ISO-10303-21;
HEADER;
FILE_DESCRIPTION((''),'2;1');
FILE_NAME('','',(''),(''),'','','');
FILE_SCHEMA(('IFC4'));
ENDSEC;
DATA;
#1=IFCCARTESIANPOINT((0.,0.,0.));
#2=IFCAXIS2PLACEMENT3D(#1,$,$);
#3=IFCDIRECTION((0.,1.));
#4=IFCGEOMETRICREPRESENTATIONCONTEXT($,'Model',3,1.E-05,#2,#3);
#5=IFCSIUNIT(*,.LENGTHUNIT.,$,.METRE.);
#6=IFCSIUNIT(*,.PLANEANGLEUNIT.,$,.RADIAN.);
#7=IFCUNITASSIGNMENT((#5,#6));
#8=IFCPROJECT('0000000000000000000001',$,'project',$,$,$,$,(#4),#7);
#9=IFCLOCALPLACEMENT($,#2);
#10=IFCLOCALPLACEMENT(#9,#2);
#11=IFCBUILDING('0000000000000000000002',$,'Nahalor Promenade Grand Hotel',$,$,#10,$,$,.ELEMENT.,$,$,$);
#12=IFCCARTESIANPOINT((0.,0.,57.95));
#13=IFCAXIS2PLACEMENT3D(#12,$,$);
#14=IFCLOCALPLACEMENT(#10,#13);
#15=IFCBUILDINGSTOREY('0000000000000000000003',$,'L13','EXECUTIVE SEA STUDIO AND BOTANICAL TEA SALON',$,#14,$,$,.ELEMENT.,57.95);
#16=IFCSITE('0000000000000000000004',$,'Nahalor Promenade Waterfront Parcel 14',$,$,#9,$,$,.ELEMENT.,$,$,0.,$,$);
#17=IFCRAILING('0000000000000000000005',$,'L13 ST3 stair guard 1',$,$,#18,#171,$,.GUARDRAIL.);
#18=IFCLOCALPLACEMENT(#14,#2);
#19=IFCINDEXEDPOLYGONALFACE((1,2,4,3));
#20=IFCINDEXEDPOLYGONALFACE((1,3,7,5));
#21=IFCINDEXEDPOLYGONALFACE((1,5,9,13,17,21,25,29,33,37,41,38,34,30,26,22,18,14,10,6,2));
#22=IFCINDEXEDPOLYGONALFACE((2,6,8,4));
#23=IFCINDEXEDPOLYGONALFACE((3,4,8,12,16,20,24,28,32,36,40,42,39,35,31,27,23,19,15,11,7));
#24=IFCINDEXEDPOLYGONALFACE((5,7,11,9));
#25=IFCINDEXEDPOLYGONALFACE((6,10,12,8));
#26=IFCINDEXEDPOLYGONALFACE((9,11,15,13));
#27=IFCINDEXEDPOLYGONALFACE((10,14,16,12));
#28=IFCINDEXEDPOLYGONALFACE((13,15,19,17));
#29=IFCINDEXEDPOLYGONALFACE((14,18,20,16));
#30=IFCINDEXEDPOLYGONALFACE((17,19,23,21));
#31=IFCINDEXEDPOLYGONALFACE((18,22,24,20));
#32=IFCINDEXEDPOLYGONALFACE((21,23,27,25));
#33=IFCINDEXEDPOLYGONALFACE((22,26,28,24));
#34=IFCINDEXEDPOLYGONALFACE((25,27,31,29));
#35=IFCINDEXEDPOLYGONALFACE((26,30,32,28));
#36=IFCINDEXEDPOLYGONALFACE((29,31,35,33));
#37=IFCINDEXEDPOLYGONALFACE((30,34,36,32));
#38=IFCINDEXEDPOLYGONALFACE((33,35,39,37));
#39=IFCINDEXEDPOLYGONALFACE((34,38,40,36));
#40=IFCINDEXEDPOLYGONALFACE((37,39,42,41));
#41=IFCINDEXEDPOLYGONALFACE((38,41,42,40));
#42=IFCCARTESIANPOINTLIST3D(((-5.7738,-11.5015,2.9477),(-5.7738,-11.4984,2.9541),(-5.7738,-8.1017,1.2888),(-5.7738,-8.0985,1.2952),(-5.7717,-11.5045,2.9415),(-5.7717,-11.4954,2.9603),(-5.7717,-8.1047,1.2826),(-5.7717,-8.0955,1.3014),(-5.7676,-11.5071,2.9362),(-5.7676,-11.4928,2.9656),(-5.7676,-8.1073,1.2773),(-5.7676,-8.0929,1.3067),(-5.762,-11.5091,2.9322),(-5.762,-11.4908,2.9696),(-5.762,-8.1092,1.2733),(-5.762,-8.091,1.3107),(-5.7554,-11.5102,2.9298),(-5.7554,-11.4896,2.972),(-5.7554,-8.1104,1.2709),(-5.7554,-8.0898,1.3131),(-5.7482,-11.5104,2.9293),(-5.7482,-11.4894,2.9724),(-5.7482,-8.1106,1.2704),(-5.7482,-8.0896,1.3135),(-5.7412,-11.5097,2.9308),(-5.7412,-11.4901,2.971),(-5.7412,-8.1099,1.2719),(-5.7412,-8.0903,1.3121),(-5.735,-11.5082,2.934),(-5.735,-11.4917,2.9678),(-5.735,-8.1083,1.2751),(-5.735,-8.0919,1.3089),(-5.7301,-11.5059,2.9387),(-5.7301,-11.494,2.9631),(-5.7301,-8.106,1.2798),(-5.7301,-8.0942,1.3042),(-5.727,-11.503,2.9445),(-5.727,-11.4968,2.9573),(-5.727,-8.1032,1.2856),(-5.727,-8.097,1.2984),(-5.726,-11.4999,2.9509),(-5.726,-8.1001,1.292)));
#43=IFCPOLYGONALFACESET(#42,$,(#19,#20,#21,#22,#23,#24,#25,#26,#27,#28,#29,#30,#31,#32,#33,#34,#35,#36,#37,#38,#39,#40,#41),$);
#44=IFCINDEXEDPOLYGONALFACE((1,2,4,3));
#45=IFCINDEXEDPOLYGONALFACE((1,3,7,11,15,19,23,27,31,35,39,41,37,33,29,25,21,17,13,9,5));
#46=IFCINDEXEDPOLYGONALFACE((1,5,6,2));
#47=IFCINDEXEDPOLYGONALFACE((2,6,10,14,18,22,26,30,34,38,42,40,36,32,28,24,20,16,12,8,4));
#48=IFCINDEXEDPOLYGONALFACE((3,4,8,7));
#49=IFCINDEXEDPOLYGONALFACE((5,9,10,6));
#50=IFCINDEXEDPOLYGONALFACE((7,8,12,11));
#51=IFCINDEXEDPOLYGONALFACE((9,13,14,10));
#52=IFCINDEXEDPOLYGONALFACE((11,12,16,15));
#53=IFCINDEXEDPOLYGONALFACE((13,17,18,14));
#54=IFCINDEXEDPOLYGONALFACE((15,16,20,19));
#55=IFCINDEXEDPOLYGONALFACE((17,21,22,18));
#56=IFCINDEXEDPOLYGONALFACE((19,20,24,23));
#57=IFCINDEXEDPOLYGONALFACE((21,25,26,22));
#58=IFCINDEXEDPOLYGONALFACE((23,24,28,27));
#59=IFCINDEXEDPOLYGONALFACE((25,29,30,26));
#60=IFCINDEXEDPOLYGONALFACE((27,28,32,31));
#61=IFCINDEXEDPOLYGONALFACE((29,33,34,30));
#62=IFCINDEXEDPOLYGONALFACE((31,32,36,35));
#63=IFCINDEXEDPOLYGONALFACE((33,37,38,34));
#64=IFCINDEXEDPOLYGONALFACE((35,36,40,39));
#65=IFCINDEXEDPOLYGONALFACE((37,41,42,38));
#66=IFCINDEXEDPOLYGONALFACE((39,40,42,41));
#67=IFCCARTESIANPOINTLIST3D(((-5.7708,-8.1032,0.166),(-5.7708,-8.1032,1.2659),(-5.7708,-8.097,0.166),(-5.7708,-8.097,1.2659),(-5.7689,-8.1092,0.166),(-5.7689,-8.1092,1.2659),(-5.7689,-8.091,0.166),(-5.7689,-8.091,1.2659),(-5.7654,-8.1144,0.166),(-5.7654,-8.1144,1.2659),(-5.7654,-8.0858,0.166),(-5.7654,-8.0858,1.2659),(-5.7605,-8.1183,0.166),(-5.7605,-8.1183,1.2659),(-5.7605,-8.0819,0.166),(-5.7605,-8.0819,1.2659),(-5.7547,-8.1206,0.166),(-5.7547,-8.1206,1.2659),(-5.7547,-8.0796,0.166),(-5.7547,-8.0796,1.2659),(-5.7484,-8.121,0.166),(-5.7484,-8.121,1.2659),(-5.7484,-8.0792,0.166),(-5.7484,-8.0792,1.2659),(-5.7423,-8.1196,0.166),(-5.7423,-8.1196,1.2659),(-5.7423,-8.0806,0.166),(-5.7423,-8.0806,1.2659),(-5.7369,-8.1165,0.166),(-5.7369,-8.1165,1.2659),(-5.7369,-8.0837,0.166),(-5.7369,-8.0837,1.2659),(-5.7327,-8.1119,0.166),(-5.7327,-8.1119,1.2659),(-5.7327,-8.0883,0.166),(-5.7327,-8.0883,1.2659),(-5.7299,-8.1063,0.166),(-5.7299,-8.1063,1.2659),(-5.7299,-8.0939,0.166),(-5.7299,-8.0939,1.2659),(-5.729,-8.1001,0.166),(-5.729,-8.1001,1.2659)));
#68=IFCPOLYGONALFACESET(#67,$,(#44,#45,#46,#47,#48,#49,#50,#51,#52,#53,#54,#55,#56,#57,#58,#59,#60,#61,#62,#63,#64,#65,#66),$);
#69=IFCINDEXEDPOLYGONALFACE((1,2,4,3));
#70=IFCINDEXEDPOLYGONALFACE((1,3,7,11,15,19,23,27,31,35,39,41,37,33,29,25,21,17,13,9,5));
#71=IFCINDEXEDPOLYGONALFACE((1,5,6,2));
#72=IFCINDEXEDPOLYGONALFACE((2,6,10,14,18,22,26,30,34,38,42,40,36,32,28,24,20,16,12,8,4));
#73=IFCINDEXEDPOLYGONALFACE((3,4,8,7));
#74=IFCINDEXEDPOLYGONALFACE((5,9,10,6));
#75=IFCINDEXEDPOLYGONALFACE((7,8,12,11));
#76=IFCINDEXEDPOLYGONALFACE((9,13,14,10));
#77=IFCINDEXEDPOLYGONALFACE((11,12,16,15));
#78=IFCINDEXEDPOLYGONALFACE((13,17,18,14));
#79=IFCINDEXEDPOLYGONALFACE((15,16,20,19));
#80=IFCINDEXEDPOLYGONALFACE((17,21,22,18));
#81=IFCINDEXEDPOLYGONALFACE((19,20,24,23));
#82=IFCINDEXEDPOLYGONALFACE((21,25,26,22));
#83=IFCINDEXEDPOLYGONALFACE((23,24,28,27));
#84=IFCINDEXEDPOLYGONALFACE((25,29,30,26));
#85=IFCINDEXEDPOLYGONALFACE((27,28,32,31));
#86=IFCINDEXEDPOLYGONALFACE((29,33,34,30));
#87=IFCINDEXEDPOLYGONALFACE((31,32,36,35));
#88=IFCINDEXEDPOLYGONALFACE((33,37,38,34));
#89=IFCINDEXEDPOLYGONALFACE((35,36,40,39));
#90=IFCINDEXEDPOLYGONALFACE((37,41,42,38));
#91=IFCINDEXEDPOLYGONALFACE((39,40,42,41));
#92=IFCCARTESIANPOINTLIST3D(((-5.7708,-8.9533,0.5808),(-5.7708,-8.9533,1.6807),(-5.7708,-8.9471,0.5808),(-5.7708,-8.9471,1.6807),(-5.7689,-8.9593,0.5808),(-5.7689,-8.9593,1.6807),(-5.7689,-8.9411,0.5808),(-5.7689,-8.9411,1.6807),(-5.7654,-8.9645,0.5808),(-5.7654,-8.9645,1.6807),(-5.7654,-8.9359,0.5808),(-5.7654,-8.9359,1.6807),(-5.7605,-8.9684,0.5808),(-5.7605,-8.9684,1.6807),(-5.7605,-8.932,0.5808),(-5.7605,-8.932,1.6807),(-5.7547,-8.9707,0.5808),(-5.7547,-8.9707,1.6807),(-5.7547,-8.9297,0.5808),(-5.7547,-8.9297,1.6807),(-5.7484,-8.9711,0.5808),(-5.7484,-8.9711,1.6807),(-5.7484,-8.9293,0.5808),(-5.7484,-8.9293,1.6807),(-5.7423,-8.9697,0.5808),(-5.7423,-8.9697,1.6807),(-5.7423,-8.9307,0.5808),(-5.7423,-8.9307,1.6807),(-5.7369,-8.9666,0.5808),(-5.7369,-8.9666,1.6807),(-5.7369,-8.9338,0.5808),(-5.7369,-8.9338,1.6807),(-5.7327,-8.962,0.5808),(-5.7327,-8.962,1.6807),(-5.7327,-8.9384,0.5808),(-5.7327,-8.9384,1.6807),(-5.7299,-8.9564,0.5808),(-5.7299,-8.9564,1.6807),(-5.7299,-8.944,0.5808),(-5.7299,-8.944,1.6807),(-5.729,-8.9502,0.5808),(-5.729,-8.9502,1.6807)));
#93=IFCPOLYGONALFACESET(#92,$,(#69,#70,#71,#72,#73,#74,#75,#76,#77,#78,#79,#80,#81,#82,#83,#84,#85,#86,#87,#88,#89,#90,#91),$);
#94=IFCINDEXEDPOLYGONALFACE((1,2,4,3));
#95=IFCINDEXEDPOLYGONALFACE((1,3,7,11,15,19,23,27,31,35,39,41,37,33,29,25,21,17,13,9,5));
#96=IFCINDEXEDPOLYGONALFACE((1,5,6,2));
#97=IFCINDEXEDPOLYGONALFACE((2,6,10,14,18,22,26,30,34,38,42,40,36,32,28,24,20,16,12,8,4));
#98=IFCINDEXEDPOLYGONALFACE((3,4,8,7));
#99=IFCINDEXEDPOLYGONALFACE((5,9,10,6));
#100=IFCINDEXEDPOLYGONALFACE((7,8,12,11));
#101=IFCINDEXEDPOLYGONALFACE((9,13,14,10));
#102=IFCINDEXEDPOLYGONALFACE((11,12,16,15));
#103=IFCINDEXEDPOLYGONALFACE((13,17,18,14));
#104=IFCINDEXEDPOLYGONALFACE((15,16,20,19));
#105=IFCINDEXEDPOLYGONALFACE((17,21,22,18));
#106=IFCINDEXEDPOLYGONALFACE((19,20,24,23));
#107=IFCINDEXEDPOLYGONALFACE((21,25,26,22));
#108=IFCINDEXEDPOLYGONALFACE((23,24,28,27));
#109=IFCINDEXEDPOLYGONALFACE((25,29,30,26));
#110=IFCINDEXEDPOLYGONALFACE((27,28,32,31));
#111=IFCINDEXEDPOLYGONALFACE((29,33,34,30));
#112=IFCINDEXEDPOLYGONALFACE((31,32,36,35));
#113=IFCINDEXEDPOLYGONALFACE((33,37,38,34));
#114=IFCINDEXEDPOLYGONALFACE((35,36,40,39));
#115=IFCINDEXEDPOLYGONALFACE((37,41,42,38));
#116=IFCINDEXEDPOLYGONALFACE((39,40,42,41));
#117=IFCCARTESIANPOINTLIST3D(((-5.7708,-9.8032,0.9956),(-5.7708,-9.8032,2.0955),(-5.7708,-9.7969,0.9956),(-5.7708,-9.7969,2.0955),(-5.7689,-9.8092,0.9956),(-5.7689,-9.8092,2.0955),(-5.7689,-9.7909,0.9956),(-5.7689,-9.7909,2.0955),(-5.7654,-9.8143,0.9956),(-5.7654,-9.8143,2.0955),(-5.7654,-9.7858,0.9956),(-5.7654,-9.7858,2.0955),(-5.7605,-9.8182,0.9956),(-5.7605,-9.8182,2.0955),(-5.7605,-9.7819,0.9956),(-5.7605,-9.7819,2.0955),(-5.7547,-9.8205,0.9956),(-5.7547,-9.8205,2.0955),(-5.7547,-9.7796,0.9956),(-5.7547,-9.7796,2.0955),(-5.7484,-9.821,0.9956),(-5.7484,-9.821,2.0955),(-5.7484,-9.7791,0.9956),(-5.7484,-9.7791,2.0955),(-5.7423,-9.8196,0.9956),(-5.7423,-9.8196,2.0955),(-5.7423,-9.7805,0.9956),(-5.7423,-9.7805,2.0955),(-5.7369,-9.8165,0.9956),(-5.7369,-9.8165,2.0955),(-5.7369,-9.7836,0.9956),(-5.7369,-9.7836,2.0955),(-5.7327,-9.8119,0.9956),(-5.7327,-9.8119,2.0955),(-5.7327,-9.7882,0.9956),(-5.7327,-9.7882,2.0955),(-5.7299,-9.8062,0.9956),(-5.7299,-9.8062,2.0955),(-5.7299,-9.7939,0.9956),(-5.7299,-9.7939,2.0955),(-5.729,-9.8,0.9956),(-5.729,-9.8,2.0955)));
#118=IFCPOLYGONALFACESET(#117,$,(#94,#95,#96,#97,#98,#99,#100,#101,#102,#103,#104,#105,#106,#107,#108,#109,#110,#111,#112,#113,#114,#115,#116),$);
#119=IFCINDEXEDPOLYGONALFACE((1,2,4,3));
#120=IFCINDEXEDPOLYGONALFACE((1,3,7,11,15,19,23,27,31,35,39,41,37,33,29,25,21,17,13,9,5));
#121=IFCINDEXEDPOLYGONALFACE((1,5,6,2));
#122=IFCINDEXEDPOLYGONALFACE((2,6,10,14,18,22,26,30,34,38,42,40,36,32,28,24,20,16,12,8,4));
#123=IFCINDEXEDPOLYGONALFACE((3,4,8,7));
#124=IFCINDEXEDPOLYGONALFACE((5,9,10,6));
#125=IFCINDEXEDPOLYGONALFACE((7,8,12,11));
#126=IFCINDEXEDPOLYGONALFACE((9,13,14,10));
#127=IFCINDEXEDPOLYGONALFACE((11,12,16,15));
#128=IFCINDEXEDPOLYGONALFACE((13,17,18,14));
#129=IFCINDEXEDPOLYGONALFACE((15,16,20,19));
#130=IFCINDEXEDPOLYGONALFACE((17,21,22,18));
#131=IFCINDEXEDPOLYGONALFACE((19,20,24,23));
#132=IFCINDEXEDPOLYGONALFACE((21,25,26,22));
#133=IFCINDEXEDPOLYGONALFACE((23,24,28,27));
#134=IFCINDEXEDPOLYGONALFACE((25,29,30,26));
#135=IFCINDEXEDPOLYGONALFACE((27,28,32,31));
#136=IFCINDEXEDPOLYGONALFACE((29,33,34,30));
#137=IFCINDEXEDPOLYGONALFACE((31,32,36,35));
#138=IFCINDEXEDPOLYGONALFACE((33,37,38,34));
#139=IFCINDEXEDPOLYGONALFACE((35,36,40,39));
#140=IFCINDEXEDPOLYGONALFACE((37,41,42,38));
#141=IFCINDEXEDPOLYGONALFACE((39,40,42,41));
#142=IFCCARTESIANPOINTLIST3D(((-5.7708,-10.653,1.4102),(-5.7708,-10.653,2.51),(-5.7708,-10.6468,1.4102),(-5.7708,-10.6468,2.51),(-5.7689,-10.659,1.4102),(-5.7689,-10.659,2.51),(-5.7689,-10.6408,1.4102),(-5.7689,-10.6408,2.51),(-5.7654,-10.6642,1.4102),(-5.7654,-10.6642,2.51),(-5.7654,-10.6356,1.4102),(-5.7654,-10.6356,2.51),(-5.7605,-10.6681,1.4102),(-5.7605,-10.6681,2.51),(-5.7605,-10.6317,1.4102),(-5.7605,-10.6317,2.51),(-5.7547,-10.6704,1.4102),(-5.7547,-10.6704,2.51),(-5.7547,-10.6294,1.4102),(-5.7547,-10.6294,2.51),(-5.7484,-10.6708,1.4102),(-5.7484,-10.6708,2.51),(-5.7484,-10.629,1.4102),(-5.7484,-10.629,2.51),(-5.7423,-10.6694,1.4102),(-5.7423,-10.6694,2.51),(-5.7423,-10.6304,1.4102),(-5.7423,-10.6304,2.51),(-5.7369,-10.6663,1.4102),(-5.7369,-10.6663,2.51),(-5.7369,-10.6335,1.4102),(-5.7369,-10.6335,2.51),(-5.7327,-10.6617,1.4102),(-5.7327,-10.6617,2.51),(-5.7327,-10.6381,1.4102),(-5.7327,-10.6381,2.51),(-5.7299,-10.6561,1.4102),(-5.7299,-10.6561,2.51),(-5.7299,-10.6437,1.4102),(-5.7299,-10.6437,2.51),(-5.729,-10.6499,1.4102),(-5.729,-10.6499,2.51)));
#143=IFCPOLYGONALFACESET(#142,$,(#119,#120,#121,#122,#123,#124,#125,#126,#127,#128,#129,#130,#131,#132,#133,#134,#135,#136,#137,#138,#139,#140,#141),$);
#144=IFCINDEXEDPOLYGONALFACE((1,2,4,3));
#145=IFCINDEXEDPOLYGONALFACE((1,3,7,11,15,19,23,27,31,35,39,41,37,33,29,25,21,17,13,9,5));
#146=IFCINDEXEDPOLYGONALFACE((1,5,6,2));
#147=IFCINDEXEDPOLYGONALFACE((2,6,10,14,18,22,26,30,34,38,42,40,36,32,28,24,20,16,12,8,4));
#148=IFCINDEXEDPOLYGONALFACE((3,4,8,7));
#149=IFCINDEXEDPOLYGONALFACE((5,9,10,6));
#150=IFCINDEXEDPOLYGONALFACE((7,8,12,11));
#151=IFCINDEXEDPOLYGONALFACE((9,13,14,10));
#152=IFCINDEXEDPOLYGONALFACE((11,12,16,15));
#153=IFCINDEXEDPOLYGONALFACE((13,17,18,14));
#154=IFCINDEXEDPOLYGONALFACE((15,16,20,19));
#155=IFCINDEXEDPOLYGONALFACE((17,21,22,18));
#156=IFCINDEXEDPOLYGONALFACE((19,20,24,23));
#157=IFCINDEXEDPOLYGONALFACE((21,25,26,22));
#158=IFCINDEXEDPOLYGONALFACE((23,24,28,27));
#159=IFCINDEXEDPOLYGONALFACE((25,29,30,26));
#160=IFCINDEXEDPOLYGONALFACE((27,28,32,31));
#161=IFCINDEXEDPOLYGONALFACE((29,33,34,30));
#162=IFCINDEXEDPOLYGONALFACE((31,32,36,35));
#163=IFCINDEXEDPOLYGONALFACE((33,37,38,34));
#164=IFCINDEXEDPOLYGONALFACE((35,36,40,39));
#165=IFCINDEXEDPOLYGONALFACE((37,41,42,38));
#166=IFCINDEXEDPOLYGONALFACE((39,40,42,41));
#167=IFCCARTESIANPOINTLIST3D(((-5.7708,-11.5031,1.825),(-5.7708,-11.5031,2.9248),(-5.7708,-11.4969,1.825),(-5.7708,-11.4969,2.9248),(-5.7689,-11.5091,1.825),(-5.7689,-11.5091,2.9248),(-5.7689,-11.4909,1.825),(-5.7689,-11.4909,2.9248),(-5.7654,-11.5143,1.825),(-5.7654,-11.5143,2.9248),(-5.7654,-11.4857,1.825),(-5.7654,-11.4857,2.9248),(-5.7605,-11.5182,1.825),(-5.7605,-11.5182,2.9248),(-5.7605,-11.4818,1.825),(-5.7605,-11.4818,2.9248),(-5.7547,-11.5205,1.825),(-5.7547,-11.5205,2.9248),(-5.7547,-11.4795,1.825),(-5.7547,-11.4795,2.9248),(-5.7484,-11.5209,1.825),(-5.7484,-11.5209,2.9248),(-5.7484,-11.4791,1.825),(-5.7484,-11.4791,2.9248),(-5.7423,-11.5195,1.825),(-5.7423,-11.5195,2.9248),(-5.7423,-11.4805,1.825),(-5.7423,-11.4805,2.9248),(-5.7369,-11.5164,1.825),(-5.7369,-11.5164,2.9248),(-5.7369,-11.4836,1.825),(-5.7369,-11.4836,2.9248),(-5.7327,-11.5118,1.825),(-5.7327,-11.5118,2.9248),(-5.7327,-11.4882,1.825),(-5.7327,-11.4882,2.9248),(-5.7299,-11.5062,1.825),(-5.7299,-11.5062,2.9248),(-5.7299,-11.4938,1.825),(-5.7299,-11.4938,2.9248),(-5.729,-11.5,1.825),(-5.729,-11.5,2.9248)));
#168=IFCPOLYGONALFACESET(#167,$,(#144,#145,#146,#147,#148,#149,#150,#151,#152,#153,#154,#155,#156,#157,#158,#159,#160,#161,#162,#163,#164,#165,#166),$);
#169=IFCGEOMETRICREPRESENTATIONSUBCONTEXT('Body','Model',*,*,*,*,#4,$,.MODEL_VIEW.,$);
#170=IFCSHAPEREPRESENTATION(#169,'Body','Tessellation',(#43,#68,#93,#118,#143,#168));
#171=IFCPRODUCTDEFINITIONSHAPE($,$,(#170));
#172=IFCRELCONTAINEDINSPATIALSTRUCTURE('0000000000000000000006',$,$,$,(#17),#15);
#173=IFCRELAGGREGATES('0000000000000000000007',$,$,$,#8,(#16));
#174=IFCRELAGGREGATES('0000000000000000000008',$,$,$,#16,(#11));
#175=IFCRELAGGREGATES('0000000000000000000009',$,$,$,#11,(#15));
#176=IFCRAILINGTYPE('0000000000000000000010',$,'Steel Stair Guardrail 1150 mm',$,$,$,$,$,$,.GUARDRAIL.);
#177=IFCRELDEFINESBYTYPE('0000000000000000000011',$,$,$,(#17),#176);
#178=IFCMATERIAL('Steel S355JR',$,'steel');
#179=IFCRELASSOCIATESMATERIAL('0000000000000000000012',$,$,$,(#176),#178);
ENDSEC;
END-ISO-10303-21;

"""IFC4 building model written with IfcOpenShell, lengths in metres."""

from ifc_helpers import new_model, si_unit, direction, frame, origin, origin_2d, place, context, subcontext, project, spatial, circle, extrude, material, type_object, element, save


model = new_model("IFC4")

# Units and contexts
model_context = context("Model", 3, precision=1e-05, world=origin(), true_north=direction((0.0, 1.0)))
body_context = subcontext(model_context, "Body", "Model", "MODEL_VIEW")
ifc_project = project(units=[si_unit("LENGTHUNIT", "METRE"), si_unit("PLANEANGLEUNIT", "RADIAN")], contexts=[model_context])

# Site, building, storey
site_placement = place(None, origin())
site = spatial("IfcSite", under=ifc_project, at=site_placement, Name="Nahalor Promenade Waterfront Parcel 14", CompositionType="ELEMENT", RefElevation=0.0)
building_placement = place(site_placement, origin())
building = spatial("IfcBuilding", under=site, at=building_placement, Name="Nahalor Promenade Grand Hotel", CompositionType="ELEMENT")
storey_placement = place(building_placement, frame((0.0, 0.0, 57.95)))
storey = spatial("IfcBuildingStorey", under=building, at=storey_placement, Name="L13", Description="EXECUTIVE SEA STUDIO AND BOTANICAL TEA SALON", CompositionType="ELEMENT", Elevation=57.95)

# Shared definitions
ifc_material_1 = material(Name="Steel S355JR", Category="steel")

# Railing
railing_type_1 = type_object("IfcRailingType", Name="Steel Stair Guardrail 1150 mm", PredefinedType="GUARDRAIL", material=ifc_material_1)
railing_1_placement = place(storey_placement, frame((-5.75, -8.1001, 0.166)))
element("IfcRailing", 1, at=railing_1_placement, inside=storey, type_object=railing_type_1, Name="L13 ST3 stair guard 1", PredefinedType="GUARDRAIL", context=body_context, shape_type="SweptSolid", body=[
    extrude(circle(Radius=0.024, at=origin_2d()), frame((0.0, 0.0, 1.126), z_axis=(0.0, -0.898722, 0.438519), x_axis=(1.0, 0.0, 0.0)), (0.0, 0.0, 1.0), 3.783),
    extrude(circle(Radius=0.021, at=origin_2d()), origin(), (0.0, 0.0, 1.0), 1.0999),
    extrude(circle(Radius=0.021, at=origin_2d()), frame((0.0, -0.8501, 0.4148)), (0.0, 0.0, 1.0), 1.0999),
    extrude(circle(Radius=0.021, at=origin_2d()), frame((0.0, -1.7, 0.8296)), (0.0, 0.0, 1.0), 1.0999),
    extrude(circle(Radius=0.021, at=origin_2d()), frame((0.0, -2.5498, 1.2441)), (0.0, 0.0, 1.0), 1.0999),
    extrude(circle(Radius=0.021, at=origin_2d()), frame((0.0, -3.3999, 1.6589)), (0.0, 0.0, 1.0), 1.0999),
])

save(model, "model.ifc")
